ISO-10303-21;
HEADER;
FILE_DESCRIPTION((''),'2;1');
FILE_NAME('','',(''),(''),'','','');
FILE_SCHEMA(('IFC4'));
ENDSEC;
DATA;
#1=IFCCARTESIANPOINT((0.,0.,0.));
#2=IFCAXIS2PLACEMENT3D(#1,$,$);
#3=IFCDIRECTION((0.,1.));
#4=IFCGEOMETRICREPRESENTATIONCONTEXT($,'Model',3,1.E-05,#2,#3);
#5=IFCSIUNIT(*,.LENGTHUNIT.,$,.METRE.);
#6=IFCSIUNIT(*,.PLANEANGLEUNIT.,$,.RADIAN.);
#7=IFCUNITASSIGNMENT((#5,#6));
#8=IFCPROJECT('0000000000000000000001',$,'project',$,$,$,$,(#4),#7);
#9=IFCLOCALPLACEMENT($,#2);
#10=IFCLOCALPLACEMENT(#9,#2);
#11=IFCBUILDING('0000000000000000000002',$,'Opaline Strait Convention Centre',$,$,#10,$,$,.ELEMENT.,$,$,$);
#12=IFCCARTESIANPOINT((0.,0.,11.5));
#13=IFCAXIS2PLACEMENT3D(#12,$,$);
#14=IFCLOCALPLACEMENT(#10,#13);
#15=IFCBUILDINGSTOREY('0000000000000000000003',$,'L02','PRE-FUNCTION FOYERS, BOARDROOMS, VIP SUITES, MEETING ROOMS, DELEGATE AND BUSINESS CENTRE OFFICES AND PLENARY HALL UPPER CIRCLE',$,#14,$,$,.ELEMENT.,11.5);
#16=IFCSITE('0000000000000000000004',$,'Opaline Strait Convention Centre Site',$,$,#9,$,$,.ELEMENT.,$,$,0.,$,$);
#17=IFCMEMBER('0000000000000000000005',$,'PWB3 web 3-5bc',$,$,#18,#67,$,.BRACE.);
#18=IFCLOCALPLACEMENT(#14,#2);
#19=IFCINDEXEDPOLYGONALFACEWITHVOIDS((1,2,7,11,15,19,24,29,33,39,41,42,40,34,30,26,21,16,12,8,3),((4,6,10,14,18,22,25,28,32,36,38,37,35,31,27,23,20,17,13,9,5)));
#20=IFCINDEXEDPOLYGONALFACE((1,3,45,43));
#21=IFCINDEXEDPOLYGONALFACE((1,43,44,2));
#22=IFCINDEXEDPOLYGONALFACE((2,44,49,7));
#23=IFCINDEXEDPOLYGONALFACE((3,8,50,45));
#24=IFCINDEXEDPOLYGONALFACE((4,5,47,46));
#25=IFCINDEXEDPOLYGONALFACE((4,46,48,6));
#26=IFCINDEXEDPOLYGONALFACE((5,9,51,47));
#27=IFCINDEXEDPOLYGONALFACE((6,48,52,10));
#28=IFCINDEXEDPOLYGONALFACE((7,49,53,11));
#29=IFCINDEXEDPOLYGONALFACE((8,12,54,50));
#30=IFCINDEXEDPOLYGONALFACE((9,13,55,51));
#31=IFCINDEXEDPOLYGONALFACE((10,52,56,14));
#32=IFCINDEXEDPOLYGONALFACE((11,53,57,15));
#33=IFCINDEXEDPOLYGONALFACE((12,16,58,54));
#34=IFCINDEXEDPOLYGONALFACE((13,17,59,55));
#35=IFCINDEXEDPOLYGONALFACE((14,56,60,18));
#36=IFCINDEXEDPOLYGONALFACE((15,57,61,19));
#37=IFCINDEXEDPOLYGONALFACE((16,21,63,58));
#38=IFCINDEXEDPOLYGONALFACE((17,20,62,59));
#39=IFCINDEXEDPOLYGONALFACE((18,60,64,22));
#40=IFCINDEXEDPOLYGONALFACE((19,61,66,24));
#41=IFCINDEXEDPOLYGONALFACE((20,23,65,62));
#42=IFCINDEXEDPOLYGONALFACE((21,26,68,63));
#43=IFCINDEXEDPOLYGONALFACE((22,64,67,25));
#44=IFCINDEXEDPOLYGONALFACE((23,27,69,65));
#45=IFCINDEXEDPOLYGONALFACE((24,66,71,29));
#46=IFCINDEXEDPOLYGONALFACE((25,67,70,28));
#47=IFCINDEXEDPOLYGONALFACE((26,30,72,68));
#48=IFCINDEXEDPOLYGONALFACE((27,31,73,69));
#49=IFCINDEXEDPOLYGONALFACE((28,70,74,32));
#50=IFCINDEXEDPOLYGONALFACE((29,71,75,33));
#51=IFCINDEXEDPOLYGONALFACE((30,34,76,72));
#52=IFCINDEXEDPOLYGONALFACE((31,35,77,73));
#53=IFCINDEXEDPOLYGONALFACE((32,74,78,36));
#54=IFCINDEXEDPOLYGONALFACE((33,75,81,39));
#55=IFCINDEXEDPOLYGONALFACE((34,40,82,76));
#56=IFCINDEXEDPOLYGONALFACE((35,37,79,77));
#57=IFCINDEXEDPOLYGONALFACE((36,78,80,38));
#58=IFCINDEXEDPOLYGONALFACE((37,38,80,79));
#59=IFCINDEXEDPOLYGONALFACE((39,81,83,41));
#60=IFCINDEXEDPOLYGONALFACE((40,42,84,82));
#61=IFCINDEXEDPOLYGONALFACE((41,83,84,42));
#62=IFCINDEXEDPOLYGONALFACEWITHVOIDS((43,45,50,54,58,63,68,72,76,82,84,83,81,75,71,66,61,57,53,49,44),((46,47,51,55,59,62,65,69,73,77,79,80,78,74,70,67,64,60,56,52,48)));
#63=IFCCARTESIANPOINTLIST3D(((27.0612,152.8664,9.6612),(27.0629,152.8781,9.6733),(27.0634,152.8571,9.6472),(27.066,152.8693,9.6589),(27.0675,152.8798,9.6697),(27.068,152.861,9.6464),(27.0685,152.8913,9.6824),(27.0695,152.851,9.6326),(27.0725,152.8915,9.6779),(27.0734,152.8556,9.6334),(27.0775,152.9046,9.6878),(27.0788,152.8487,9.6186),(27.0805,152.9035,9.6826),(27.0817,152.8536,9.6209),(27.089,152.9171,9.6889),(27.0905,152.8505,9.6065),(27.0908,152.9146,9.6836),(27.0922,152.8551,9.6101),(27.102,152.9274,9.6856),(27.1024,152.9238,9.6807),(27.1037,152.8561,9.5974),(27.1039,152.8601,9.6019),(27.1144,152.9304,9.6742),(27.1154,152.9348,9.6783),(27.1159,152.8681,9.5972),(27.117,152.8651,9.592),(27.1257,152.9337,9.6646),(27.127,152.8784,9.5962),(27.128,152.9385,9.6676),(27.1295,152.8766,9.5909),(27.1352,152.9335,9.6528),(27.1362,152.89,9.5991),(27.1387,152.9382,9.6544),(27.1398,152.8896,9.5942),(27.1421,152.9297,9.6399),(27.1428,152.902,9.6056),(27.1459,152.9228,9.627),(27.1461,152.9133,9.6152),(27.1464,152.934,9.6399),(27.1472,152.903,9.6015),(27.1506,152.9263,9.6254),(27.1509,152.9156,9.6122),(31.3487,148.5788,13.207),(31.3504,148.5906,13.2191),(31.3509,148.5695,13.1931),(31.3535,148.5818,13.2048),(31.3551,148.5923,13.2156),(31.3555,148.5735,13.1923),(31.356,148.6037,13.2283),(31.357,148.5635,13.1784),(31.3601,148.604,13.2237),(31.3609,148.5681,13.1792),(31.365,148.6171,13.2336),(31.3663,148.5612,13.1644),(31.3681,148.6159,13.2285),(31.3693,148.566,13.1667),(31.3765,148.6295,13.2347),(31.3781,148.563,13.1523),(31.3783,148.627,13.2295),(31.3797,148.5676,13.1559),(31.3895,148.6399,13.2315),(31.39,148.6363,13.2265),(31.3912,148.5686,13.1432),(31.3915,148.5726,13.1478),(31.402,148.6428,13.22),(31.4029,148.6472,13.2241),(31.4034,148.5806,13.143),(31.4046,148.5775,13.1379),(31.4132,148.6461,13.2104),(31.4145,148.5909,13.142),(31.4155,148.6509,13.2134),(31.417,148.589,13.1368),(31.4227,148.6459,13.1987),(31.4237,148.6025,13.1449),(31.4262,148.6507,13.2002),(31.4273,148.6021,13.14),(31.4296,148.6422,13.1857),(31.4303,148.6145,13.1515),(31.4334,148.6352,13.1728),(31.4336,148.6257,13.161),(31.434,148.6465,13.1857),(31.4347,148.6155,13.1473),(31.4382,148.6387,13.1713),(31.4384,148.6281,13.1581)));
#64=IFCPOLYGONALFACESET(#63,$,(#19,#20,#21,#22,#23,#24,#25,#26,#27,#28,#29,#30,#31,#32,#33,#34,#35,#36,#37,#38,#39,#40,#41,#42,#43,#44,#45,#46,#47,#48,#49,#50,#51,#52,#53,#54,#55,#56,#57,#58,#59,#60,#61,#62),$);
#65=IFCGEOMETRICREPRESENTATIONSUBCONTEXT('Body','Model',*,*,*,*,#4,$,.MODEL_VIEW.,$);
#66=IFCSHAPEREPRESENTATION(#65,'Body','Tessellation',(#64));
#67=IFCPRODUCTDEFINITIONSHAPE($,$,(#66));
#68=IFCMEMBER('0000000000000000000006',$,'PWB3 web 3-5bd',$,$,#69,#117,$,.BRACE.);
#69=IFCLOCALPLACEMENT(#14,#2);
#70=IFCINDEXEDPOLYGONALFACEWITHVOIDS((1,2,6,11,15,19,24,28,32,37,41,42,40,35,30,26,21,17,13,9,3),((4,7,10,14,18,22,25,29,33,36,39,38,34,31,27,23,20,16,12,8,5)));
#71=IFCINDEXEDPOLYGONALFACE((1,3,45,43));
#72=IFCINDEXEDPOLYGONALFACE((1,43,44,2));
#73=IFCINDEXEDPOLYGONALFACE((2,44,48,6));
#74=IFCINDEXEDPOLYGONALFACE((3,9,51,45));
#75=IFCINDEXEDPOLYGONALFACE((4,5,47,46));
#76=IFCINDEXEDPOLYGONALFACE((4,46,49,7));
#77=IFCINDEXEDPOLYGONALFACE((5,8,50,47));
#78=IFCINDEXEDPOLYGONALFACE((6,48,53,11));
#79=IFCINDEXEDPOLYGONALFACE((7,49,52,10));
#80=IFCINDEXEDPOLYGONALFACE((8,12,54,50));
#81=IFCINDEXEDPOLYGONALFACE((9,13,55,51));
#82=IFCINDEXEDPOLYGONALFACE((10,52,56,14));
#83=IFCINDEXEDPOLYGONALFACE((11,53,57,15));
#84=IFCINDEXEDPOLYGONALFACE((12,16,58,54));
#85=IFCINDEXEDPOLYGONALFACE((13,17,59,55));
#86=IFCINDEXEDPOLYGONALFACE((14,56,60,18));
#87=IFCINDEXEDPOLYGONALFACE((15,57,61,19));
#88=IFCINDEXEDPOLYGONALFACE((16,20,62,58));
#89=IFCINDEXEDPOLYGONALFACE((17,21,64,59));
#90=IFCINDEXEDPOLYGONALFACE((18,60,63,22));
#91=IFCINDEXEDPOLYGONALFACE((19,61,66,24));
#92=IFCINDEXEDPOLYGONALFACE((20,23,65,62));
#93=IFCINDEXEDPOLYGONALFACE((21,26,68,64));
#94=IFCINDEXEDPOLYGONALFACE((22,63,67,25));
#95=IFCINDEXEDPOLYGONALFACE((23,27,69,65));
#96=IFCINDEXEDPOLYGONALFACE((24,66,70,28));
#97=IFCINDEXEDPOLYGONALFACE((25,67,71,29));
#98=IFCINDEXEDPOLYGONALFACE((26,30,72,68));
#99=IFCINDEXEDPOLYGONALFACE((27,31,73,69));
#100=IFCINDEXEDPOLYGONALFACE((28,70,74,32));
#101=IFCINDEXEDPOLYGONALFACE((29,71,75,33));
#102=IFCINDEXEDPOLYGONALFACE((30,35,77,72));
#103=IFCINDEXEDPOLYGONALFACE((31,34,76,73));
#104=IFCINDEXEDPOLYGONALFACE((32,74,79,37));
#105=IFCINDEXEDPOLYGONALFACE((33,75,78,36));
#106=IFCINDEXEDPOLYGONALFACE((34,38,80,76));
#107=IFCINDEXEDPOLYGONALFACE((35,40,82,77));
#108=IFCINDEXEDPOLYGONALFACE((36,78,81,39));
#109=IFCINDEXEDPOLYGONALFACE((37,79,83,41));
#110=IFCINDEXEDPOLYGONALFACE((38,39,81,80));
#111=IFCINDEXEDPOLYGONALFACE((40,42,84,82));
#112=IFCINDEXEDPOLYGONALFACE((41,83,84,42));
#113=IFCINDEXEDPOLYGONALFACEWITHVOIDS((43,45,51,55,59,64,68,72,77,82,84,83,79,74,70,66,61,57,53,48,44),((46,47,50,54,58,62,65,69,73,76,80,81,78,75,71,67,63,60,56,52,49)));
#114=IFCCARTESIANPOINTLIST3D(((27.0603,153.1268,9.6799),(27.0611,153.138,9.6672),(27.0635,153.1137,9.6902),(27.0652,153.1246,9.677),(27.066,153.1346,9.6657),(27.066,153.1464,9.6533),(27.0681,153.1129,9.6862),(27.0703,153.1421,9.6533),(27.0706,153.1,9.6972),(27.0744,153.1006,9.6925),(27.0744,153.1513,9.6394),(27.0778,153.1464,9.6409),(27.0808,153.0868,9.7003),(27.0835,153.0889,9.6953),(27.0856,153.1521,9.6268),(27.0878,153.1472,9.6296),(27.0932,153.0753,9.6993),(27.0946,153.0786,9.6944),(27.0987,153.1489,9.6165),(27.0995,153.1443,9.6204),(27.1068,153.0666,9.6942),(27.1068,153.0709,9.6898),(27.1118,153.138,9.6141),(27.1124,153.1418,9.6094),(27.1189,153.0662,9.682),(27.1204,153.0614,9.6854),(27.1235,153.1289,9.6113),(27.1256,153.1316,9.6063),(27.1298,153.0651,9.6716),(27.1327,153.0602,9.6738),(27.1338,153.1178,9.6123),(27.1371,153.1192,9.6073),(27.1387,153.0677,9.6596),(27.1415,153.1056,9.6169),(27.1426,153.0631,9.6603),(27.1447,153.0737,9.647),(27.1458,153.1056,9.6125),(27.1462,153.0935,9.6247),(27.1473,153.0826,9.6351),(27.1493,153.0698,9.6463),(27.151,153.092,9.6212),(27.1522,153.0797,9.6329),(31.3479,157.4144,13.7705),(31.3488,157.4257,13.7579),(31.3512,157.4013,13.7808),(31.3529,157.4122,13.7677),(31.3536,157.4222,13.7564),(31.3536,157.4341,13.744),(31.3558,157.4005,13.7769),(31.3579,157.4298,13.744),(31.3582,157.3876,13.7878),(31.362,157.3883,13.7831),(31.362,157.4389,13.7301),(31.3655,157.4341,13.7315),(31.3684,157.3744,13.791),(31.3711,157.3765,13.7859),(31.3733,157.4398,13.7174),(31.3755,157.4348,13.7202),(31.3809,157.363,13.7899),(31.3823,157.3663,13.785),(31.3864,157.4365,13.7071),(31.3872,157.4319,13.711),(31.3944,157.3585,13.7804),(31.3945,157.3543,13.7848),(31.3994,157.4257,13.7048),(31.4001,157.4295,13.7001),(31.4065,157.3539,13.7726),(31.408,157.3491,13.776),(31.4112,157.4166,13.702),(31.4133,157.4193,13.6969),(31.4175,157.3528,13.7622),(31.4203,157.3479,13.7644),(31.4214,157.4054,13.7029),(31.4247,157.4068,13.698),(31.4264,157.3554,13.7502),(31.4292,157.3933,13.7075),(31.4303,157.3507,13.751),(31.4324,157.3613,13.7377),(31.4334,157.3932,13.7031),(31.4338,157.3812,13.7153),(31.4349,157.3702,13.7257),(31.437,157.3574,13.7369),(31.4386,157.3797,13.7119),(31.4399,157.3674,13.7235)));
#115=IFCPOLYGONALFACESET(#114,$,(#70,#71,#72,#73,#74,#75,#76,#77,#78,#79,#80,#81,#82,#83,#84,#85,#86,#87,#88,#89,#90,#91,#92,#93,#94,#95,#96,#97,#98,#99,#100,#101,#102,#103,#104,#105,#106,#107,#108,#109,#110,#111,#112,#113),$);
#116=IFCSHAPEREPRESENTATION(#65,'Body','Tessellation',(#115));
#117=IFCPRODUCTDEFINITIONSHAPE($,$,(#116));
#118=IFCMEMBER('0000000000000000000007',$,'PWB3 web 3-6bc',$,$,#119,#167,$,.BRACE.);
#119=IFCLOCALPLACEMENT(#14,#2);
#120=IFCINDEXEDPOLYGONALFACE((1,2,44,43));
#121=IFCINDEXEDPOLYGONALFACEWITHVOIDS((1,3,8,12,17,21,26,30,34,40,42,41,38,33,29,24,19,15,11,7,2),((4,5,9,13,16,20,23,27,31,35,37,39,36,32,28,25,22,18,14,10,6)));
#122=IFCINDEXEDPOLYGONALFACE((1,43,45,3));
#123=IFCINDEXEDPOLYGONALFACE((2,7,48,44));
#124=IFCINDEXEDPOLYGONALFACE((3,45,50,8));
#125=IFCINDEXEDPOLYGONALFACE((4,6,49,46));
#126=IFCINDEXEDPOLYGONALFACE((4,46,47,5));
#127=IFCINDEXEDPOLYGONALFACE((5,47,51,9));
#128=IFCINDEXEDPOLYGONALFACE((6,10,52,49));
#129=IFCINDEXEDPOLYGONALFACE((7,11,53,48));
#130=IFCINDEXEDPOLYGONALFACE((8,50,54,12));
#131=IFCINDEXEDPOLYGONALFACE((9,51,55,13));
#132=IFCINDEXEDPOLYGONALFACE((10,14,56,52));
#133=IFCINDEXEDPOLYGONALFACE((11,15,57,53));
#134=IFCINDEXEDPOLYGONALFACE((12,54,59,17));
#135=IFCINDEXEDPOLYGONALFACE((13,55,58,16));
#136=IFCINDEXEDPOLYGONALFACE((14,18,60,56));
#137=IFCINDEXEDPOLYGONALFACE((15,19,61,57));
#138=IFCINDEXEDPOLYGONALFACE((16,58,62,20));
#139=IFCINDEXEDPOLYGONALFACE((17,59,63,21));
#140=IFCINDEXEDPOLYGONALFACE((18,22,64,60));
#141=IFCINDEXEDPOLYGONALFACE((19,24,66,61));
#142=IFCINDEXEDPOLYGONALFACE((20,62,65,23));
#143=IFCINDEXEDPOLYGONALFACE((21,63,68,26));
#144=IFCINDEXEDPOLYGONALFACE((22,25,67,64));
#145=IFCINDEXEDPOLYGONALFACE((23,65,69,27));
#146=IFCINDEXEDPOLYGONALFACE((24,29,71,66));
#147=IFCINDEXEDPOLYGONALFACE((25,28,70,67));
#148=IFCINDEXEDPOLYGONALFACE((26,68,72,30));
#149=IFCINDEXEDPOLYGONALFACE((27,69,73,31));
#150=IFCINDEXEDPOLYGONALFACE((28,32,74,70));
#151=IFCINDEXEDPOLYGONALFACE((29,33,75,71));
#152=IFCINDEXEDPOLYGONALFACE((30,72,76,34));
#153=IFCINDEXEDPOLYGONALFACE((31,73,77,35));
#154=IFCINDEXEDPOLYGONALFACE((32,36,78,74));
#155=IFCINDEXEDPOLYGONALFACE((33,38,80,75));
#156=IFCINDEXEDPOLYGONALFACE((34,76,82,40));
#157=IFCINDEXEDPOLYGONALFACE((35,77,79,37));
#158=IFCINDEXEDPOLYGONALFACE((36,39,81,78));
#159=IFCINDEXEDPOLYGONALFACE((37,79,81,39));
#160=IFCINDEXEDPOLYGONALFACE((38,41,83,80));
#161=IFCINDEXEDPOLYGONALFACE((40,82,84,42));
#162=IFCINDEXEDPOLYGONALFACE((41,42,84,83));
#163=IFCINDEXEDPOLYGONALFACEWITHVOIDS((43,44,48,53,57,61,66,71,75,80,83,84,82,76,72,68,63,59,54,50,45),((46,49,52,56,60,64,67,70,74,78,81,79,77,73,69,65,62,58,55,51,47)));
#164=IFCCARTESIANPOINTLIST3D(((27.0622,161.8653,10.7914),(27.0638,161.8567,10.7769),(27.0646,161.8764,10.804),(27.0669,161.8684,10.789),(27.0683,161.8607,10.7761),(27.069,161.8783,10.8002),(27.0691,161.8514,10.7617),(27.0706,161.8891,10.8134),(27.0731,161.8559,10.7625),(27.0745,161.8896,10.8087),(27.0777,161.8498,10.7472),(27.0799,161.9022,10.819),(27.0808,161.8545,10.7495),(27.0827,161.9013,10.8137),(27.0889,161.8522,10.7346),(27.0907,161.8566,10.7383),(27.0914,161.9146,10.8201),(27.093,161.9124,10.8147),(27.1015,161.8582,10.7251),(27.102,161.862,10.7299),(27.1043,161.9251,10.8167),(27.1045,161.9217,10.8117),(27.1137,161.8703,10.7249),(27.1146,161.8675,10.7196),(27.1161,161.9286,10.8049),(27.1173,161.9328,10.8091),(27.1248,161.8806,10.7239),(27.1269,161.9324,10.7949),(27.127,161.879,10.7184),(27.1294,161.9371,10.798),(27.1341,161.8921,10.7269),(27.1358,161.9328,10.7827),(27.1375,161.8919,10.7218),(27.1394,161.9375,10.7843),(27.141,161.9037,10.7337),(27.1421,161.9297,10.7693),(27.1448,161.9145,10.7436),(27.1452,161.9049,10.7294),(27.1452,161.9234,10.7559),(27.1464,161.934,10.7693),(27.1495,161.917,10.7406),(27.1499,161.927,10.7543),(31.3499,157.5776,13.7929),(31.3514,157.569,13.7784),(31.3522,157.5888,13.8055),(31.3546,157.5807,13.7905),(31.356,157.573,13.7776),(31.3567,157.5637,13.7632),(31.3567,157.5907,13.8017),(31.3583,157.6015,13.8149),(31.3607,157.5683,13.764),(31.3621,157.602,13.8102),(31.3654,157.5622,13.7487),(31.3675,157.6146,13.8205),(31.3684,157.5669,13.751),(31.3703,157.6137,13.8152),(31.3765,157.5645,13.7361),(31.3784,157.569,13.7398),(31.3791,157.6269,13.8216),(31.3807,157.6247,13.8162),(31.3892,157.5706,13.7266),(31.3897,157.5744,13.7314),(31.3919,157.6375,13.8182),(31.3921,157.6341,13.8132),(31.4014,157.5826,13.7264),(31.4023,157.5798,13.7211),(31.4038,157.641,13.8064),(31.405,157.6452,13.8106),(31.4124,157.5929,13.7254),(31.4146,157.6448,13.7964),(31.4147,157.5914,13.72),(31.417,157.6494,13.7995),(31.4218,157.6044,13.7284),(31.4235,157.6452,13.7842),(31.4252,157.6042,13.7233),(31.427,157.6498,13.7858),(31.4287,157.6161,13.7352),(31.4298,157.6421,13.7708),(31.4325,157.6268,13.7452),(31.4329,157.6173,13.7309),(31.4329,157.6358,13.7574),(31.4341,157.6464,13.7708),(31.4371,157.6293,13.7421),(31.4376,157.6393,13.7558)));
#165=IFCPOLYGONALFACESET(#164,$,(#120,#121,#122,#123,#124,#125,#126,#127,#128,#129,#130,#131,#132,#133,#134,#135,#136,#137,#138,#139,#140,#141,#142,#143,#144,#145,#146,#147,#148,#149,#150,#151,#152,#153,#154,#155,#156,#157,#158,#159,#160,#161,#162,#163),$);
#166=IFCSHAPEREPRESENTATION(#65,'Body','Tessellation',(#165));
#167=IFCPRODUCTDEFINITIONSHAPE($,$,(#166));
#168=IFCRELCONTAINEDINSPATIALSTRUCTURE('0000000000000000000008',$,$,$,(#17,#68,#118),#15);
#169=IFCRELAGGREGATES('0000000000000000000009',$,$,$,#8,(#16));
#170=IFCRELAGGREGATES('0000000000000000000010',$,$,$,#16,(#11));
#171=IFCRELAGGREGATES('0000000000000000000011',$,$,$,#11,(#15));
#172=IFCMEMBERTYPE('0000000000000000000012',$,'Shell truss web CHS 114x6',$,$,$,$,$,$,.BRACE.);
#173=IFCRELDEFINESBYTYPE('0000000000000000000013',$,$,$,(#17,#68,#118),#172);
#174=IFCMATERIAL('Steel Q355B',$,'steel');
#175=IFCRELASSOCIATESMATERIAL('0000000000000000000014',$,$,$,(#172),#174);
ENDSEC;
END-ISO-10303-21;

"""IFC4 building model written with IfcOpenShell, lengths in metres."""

from ifc_helpers import new_model, si_unit, direction, frame, origin, origin_2d, place, context, subcontext, project, spatial, hollow_circle, extrude, material, material_profile, profile_set, type_object, element, save


model = new_model("IFC4")

# Units and contexts
model_context = context("Model", 3, precision=1e-05, world=origin(), true_north=direction((0.0, 1.0)))
body_context = subcontext(model_context, "Body", "Model", "MODEL_VIEW")
ifc_project = project(units=[si_unit("LENGTHUNIT", "METRE"), si_unit("PLANEANGLEUNIT", "RADIAN")], contexts=[model_context])

# Site, building, storey
site_placement = place(None, origin())
site = spatial("IfcSite", under=ifc_project, at=site_placement, Name="Opaline Strait Convention Centre Site", CompositionType="ELEMENT", RefElevation=0.0)
building_placement = place(site_placement, origin())
building = spatial("IfcBuilding", under=site, at=building_placement, Name="Opaline Strait Convention Centre", CompositionType="ELEMENT")
storey_placement = place(building_placement, frame((0.0, 0.0, 11.5)))
storey = spatial("IfcBuildingStorey", under=building, at=storey_placement, Name="L02", Description="PRE-FUNCTION FOYERS, BOARDROOMS, VIP SUITES, MEETING ROOMS, DELEGATE AND BUSINESS CENTRE OFFICES AND PLENARY HALL UPPER CIRCLE", CompositionType="ELEMENT", Elevation=11.5)

# Members
ifc_material_1 = material(Name="Steel Q355B", Category="steel")
ifc_material_profile_1 = material_profile(ifc_material_1, hollow_circle(Radius=0.0569, WallThickness=0.0061, at=origin_2d()), Name="CHS 114x6")
ifc_profile_set_1 = profile_set([ifc_material_profile_1], Name="Steel Q355B")
member_type_1 = type_object("IfcMemberType", Name="Shell truss web CHS 114x6", PredefinedType="BRACE", material=ifc_profile_set_1)
member_1_placement = place(storey_placement, frame((27.1062, 152.8938, 9.6399), z_axis=(0.610398, -0.610398, 0.504807), x_axis=(0.707107, 0.707107, 0.0)))
element("IfcMember", 1, at=member_1_placement, inside=storey, type_object=member_type_1, Name="PWB3 web 3-5bc", PredefinedType="BRACE", context=body_context, shape_type="SweptSolid", body=[
    extrude(hollow_circle(Radius=0.0569, WallThickness=0.0061, at=origin_2d()), origin(), (0.0, 0.0, 1.0), 7.0242),
])
member_2_placement = place(storey_placement, frame((27.1062, 153.1062, 9.6533), z_axis=(0.586189, 0.586189, 0.559253), x_axis=(-0.707107, 0.707107, 0.0)))
element("IfcMember", 2, at=member_2_placement, inside=storey, type_object=member_type_1, Name="PWB3 web 3-5bd", PredefinedType="BRACE", context=body_context, shape_type="SweptSolid", body=[
    extrude(hollow_circle(Radius=0.0569, WallThickness=0.0061, at=origin_2d()), origin(), (0.0, 0.0, 1.0), 7.3145),
])
member_3_placement = place(storey_placement, frame((27.1062, 161.8938, 10.7693), z_axis=(0.633718, -0.633718, 0.443624), x_axis=(0.707107, 0.707107, 0.0)))
element("IfcMember", 3, at=member_3_placement, inside=storey, type_object=member_type_1, Name="PWB3 web 3-6bc", PredefinedType="BRACE", context=body_context, shape_type="SweptSolid", body=[
    extrude(hollow_circle(Radius=0.0569, WallThickness=0.0061, at=origin_2d()), origin(), (0.0, 0.0, 1.0), 6.7659),
])

save(model, "model.ifc")
